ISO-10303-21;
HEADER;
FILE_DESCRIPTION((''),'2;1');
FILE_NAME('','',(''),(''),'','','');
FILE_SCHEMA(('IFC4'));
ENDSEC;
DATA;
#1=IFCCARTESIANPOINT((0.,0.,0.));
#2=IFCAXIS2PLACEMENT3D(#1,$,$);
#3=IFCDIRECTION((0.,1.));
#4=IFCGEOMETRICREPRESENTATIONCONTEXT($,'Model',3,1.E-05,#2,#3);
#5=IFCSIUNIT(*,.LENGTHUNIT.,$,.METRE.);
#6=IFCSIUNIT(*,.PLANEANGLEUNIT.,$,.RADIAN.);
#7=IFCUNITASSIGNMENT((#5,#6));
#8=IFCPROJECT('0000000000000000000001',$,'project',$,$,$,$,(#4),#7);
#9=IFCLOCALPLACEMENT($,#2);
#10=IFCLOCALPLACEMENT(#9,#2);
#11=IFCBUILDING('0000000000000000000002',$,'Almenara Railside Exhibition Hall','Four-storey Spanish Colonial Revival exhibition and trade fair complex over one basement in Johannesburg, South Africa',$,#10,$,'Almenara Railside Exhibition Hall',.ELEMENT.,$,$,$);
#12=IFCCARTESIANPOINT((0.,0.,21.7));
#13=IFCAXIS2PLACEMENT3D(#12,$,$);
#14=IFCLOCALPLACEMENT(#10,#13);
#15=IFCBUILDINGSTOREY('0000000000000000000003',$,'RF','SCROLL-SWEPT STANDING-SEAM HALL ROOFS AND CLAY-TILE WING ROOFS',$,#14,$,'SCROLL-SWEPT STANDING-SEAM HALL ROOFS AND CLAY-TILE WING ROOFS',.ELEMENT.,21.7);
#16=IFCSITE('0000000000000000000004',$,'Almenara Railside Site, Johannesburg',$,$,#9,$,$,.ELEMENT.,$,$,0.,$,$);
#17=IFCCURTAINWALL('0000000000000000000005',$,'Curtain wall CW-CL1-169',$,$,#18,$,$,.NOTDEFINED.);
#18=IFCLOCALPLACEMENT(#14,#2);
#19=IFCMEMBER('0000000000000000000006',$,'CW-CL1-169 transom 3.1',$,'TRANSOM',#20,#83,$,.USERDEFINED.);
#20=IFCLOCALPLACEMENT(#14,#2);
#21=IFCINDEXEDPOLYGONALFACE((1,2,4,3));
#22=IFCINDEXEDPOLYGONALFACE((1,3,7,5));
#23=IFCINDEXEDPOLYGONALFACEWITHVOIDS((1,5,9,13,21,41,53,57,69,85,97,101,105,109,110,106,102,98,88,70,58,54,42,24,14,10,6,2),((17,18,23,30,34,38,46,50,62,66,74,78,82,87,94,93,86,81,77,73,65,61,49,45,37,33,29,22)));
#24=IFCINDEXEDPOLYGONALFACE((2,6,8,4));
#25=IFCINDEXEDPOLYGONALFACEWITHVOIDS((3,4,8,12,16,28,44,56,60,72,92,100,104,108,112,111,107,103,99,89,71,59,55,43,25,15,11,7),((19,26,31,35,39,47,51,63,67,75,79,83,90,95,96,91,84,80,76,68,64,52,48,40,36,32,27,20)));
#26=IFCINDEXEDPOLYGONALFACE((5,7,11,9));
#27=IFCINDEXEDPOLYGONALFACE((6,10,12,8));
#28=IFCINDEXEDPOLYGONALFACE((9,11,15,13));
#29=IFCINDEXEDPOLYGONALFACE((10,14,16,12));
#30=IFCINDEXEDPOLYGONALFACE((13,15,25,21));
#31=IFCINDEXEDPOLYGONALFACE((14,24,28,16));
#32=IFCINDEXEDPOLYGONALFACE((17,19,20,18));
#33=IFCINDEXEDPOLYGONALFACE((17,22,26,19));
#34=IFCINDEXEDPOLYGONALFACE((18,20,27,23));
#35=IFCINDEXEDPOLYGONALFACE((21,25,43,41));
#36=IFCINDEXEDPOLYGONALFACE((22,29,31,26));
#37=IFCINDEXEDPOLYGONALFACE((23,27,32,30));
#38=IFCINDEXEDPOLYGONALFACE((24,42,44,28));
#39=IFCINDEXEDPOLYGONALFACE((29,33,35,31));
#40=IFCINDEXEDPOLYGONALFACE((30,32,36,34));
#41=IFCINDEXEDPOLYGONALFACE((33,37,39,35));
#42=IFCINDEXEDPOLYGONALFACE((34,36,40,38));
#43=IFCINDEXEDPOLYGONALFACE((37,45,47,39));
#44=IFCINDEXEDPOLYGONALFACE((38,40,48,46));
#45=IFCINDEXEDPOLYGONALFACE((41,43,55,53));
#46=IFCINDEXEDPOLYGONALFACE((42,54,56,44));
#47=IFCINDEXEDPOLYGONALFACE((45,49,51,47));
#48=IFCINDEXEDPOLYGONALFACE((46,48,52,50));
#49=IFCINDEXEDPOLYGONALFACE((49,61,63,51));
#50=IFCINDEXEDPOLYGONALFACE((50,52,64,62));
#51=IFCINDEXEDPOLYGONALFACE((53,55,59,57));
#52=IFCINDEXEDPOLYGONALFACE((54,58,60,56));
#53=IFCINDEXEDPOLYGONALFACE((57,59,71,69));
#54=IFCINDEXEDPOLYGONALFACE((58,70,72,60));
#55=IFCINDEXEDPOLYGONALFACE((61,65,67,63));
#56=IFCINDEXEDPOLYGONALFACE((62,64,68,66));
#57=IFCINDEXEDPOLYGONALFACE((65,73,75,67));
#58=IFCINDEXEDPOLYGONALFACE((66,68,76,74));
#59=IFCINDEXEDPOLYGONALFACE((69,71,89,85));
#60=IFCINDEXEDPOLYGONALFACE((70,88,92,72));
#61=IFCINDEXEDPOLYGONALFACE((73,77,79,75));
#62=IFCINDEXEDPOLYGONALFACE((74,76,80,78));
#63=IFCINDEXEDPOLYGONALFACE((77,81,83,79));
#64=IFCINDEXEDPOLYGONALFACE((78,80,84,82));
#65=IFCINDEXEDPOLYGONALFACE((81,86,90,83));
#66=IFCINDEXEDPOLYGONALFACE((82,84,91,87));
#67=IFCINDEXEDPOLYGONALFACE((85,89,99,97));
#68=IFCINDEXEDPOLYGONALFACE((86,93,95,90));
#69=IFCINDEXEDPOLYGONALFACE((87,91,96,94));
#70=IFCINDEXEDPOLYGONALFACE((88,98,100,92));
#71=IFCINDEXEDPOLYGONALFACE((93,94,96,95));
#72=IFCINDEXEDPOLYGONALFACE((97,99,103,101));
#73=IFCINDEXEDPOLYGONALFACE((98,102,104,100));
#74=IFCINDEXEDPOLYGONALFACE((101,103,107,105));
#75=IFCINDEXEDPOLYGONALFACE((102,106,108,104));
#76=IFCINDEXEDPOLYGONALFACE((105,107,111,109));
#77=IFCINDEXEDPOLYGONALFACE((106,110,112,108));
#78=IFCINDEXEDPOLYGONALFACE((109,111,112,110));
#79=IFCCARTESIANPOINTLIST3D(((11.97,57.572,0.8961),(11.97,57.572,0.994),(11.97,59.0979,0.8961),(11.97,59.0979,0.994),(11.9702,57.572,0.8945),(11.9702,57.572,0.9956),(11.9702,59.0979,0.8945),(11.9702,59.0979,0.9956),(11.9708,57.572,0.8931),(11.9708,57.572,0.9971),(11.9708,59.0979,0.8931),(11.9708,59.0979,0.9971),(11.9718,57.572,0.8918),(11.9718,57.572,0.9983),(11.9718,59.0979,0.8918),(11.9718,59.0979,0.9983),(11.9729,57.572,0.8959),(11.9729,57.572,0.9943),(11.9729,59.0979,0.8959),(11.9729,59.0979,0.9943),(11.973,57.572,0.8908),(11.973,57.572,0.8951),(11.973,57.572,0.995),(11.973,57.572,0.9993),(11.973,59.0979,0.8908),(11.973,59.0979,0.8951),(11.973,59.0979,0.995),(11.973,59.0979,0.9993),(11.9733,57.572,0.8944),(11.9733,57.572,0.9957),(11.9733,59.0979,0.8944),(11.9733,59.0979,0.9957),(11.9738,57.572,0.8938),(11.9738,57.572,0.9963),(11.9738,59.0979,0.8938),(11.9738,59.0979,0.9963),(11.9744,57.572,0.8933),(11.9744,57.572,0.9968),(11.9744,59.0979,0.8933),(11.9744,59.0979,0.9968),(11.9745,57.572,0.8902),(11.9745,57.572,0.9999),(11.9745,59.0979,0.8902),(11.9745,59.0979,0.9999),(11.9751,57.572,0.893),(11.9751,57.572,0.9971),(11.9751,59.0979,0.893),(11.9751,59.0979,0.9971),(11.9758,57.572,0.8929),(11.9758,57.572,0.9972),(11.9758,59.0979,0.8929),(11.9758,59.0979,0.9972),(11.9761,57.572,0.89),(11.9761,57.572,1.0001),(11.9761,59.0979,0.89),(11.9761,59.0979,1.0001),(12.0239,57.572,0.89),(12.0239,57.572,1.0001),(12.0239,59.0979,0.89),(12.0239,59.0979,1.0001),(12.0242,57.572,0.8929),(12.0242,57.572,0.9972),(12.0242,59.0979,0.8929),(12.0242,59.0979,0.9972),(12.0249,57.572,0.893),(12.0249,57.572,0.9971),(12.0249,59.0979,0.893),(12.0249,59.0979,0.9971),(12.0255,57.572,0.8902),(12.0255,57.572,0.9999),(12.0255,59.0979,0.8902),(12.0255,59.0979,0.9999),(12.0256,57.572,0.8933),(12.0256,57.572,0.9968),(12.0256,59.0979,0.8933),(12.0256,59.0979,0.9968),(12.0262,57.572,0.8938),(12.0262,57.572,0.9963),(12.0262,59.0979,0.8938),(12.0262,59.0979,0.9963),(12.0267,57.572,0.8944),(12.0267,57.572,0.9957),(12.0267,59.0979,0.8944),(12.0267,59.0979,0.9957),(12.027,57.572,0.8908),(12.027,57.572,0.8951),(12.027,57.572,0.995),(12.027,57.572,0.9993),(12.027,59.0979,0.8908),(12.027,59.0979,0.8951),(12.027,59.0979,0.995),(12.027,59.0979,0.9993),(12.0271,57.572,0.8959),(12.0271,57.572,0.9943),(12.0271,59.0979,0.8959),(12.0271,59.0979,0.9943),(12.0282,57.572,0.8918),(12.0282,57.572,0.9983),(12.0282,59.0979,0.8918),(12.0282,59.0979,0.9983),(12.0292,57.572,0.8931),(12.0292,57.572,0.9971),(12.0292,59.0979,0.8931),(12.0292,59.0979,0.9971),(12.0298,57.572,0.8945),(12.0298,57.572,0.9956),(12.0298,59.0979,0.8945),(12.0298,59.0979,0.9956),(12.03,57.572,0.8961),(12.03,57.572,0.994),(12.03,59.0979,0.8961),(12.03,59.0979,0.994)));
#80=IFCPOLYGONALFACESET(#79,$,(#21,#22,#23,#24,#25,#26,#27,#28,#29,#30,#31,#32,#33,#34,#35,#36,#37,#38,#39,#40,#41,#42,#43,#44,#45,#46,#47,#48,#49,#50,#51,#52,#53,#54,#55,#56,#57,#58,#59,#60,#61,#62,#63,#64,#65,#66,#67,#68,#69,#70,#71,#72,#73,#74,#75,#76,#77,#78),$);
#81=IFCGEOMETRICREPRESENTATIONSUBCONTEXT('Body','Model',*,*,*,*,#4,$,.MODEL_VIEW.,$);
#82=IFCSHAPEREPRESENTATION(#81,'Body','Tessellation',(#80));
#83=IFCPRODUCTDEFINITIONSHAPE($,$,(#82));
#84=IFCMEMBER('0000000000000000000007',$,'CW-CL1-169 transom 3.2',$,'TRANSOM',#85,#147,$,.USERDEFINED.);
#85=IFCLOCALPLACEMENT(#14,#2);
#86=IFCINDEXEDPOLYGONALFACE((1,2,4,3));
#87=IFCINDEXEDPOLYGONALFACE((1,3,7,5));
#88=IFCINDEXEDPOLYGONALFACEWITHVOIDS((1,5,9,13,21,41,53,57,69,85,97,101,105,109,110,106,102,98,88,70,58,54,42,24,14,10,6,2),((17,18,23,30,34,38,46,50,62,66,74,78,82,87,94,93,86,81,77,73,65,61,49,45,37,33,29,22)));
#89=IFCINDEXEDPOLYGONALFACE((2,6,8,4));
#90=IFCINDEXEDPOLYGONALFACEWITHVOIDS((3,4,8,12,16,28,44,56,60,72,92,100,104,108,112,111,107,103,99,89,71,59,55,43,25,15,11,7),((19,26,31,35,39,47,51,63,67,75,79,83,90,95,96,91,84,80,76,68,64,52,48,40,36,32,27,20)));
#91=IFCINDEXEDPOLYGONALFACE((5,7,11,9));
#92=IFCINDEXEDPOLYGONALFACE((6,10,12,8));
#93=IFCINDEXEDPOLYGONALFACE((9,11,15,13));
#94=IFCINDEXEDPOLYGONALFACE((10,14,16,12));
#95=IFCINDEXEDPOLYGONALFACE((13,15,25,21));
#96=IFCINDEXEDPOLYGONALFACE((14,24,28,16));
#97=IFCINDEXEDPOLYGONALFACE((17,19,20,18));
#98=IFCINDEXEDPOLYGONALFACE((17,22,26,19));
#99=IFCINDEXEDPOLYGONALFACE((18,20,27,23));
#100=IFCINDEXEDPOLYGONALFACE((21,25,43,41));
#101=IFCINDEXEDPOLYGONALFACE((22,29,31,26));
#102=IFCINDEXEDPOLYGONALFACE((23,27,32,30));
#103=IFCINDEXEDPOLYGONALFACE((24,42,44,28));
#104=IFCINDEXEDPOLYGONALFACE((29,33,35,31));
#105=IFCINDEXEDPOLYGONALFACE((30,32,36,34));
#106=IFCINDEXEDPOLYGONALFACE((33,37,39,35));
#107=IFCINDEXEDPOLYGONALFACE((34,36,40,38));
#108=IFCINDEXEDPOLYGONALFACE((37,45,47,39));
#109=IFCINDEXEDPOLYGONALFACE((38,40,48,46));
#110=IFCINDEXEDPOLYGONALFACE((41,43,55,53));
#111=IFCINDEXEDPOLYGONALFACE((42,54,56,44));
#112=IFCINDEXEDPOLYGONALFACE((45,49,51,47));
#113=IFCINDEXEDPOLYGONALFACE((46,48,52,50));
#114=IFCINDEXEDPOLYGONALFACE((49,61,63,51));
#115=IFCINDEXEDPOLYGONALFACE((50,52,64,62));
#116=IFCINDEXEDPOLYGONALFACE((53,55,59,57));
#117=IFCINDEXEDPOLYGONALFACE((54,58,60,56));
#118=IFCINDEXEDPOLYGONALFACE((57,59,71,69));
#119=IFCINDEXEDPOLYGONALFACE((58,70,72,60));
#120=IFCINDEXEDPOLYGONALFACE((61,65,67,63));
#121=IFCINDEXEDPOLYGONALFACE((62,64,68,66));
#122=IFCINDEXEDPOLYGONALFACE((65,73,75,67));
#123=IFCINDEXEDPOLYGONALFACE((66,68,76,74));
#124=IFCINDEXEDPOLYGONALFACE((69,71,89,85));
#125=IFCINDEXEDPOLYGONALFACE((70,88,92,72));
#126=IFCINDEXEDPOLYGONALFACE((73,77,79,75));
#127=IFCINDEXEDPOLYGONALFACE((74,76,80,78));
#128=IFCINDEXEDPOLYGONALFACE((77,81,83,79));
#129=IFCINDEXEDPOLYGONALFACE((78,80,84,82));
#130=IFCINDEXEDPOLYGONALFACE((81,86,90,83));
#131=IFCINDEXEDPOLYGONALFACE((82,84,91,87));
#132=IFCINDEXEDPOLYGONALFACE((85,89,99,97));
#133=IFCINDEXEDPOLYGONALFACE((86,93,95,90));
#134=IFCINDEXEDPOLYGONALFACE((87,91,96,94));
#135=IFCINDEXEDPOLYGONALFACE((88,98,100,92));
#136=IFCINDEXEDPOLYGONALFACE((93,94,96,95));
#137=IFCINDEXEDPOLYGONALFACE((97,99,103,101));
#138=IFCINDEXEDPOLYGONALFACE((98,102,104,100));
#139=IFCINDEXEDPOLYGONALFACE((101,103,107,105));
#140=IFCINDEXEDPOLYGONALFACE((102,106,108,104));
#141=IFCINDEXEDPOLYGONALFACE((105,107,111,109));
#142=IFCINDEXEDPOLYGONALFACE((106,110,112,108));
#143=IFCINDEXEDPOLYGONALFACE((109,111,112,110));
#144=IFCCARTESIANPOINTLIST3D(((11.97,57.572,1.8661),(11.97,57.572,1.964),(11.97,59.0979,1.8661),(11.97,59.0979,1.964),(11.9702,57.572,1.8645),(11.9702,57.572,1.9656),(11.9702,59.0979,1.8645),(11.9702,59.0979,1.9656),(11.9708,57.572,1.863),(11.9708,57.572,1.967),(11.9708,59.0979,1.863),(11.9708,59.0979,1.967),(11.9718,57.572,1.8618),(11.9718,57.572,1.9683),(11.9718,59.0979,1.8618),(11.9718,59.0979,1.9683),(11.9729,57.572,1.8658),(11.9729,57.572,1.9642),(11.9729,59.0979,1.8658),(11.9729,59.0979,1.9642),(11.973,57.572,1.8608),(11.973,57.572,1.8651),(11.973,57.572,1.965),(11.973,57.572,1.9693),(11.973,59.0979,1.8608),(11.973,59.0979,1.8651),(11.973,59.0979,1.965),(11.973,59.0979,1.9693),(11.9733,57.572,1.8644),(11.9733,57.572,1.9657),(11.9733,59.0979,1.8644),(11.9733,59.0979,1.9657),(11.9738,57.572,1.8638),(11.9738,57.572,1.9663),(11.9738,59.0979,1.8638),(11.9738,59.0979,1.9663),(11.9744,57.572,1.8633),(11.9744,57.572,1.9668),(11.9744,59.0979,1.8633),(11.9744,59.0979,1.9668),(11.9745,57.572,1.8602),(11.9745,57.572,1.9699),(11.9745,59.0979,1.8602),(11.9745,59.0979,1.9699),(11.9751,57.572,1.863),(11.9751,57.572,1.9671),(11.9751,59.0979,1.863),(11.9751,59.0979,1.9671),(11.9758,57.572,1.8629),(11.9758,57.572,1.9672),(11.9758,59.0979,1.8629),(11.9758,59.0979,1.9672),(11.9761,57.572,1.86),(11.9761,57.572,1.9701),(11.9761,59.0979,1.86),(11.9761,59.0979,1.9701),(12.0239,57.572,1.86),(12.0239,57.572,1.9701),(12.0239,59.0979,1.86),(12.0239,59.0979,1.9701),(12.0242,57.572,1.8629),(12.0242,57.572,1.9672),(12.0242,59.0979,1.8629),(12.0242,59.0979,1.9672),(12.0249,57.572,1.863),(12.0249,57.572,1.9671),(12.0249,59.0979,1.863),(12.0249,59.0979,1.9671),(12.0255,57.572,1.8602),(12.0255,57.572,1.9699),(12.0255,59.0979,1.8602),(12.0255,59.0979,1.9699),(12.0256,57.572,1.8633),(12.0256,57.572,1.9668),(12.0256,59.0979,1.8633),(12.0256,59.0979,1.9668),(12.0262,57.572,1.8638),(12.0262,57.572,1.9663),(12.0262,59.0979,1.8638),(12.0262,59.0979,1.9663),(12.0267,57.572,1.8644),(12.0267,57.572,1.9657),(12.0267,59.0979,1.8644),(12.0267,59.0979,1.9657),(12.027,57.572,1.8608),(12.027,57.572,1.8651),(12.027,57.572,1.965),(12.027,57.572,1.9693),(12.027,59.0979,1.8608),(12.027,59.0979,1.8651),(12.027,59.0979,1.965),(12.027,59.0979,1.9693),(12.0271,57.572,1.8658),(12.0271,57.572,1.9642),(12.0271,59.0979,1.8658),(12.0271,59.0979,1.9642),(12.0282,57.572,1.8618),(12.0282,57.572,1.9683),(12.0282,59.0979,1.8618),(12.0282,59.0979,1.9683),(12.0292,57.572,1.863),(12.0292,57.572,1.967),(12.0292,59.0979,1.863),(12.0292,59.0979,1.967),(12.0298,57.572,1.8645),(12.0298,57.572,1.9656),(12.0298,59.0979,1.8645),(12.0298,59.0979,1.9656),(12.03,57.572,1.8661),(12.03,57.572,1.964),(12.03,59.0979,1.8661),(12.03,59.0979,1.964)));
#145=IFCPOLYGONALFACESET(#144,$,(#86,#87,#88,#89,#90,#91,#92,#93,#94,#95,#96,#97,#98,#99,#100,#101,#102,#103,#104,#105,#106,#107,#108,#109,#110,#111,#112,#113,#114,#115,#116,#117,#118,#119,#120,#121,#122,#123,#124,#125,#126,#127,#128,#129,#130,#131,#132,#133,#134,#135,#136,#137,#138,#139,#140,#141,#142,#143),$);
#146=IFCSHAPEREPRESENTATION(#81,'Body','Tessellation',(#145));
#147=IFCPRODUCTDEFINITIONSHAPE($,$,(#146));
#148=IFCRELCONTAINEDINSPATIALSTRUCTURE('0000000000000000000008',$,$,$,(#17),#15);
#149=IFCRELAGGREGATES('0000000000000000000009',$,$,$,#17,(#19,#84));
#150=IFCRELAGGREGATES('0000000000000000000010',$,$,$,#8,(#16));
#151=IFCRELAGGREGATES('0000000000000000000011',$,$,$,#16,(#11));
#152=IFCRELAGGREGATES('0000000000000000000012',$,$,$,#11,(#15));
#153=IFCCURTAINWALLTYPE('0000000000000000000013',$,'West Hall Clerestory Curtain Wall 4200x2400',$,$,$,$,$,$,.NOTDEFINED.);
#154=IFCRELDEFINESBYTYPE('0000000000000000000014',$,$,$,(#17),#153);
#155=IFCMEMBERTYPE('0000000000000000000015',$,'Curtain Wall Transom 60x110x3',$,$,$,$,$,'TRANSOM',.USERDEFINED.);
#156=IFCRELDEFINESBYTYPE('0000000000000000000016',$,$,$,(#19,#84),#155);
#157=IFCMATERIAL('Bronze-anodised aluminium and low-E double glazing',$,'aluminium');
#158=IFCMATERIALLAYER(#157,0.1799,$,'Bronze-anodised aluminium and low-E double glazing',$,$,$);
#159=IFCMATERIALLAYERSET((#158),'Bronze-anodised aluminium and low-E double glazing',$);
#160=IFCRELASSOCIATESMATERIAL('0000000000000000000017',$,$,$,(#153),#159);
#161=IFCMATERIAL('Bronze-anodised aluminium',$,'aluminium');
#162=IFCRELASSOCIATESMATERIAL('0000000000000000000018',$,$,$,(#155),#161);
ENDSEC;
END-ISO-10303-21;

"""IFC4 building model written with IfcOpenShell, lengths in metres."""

from ifc_helpers import new_model, si_unit, direction, frame, origin, origin_2d, place, context, subcontext, project, spatial, hollow_rectangle, extrude, material, layer, layer_set, material_profile, profile_set, type_object, element, aggregate, save


model = new_model("IFC4")

# Units and contexts
model_context = context("Model", 3, precision=1e-05, world=origin(), true_north=direction((0.0, 1.0)))
body_context = subcontext(model_context, "Body", "Model", "MODEL_VIEW")
ifc_project = project(units=[si_unit("LENGTHUNIT", "METRE"), si_unit("PLANEANGLEUNIT", "RADIAN")], contexts=[model_context])

# Site, building, storey
site_placement = place(None, origin())
site = spatial("IfcSite", under=ifc_project, at=site_placement, Name="Almenara Railside Site, Johannesburg", CompositionType="ELEMENT", RefElevation=0.0)
building_placement = place(site_placement, origin())
building = spatial("IfcBuilding", under=site, at=building_placement, Name="Almenara Railside Exhibition Hall", Description="Four-storey Spanish Colonial Revival exhibition and trade fair complex over one basement in Johannesburg, South Africa", LongName="Almenara Railside Exhibition Hall", CompositionType="ELEMENT")
storey_placement = place(building_placement, frame((0.0, 0.0, 21.7)))
storey = spatial("IfcBuildingStorey", under=building, at=storey_placement, Name="RF", Description="SCROLL-SWEPT STANDING-SEAM HALL ROOFS AND CLAY-TILE WING ROOFS", LongName="SCROLL-SWEPT STANDING-SEAM HALL ROOFS AND CLAY-TILE WING ROOFS", CompositionType="ELEMENT", Elevation=21.7)

# Curtain wall
ifc_material_1 = material(Name="Bronze-anodised aluminium and low-E double glazing", Category="aluminium")
ifc_layer_1 = layer(ifc_material_1, 0.1799, Name="Bronze-anodised aluminium and low-E double glazing")
ifc_layer_set_1 = layer_set([ifc_layer_1], Name="Bronze-anodised aluminium and low-E double glazing")
curtain_wall_type = type_object("IfcCurtainWallType", Name="West Hall Clerestory Curtain Wall 4200x2400", PredefinedType="NOTDEFINED", material=ifc_layer_set_1)
curtain_wall_1_placement = place(storey_placement, origin())
curtain_wall_1 = element("IfcCurtainWall", 1, at=curtain_wall_1_placement, inside=storey, type_object=curtain_wall_type, Name="Curtain wall CW-CL1-169", PredefinedType="NOTDEFINED")
ifc_material_2 = material(Name="Bronze-anodised aluminium", Category="aluminium")

# Members
ifc_material_profile_1 = material_profile(ifc_material_2, hollow_rectangle(XDim=0.0601, YDim=0.1101, WallThickness=0.0029, InnerFilletRadius=0.0029, OuterFilletRadius=0.0061, at=origin_2d()), Name="ALU-TRN 60x110x3")
ifc_profile_set_1 = profile_set([ifc_material_profile_1], Name="Bronze-anodised aluminium")
member_type_1 = type_object("IfcMemberType", Name="Curtain Wall Transom 60x110x3", ElementType="TRANSOM", PredefinedType="USERDEFINED", material=ifc_profile_set_1)
member_1_placement = place(storey_placement, frame((12.0, 57.572, 0.9451), z_axis=(0.0, 1.0, 0.0), x_axis=(-1.0, 0.0, 0.0)))
member_1 = element("IfcMember", 2, at=member_1_placement, type_object=member_type_1, Name="CW-CL1-169 transom 3.1", ObjectType="TRANSOM", PredefinedType="USERDEFINED", context=body_context, shape_type="SweptSolid", body=[
    extrude(hollow_rectangle(XDim=0.0601, YDim=0.1101, WallThickness=0.0029, InnerFilletRadius=0.0029, OuterFilletRadius=0.0061, at=origin_2d()), origin(), (0.0, 0.0, 1.0), 1.5259),
])
member_2_placement = place(storey_placement, frame((12.0, 57.572, 1.915), z_axis=(0.0, 1.0, 0.0), x_axis=(-1.0, 0.0, 0.0)))
member_2 = element("IfcMember", 3, at=member_2_placement, type_object=member_type_1, Name="CW-CL1-169 transom 3.2", ObjectType="TRANSOM", PredefinedType="USERDEFINED", context=body_context, shape_type="SweptSolid", body=[
    extrude(hollow_rectangle(XDim=0.0601, YDim=0.1101, WallThickness=0.0029, InnerFilletRadius=0.0029, OuterFilletRadius=0.0061, at=origin_2d()), origin(), (0.0, 0.0, 1.0), 1.5259),
])

aggregate(curtain_wall_1, [member_1, member_2])

save(model, "model.ifc")
